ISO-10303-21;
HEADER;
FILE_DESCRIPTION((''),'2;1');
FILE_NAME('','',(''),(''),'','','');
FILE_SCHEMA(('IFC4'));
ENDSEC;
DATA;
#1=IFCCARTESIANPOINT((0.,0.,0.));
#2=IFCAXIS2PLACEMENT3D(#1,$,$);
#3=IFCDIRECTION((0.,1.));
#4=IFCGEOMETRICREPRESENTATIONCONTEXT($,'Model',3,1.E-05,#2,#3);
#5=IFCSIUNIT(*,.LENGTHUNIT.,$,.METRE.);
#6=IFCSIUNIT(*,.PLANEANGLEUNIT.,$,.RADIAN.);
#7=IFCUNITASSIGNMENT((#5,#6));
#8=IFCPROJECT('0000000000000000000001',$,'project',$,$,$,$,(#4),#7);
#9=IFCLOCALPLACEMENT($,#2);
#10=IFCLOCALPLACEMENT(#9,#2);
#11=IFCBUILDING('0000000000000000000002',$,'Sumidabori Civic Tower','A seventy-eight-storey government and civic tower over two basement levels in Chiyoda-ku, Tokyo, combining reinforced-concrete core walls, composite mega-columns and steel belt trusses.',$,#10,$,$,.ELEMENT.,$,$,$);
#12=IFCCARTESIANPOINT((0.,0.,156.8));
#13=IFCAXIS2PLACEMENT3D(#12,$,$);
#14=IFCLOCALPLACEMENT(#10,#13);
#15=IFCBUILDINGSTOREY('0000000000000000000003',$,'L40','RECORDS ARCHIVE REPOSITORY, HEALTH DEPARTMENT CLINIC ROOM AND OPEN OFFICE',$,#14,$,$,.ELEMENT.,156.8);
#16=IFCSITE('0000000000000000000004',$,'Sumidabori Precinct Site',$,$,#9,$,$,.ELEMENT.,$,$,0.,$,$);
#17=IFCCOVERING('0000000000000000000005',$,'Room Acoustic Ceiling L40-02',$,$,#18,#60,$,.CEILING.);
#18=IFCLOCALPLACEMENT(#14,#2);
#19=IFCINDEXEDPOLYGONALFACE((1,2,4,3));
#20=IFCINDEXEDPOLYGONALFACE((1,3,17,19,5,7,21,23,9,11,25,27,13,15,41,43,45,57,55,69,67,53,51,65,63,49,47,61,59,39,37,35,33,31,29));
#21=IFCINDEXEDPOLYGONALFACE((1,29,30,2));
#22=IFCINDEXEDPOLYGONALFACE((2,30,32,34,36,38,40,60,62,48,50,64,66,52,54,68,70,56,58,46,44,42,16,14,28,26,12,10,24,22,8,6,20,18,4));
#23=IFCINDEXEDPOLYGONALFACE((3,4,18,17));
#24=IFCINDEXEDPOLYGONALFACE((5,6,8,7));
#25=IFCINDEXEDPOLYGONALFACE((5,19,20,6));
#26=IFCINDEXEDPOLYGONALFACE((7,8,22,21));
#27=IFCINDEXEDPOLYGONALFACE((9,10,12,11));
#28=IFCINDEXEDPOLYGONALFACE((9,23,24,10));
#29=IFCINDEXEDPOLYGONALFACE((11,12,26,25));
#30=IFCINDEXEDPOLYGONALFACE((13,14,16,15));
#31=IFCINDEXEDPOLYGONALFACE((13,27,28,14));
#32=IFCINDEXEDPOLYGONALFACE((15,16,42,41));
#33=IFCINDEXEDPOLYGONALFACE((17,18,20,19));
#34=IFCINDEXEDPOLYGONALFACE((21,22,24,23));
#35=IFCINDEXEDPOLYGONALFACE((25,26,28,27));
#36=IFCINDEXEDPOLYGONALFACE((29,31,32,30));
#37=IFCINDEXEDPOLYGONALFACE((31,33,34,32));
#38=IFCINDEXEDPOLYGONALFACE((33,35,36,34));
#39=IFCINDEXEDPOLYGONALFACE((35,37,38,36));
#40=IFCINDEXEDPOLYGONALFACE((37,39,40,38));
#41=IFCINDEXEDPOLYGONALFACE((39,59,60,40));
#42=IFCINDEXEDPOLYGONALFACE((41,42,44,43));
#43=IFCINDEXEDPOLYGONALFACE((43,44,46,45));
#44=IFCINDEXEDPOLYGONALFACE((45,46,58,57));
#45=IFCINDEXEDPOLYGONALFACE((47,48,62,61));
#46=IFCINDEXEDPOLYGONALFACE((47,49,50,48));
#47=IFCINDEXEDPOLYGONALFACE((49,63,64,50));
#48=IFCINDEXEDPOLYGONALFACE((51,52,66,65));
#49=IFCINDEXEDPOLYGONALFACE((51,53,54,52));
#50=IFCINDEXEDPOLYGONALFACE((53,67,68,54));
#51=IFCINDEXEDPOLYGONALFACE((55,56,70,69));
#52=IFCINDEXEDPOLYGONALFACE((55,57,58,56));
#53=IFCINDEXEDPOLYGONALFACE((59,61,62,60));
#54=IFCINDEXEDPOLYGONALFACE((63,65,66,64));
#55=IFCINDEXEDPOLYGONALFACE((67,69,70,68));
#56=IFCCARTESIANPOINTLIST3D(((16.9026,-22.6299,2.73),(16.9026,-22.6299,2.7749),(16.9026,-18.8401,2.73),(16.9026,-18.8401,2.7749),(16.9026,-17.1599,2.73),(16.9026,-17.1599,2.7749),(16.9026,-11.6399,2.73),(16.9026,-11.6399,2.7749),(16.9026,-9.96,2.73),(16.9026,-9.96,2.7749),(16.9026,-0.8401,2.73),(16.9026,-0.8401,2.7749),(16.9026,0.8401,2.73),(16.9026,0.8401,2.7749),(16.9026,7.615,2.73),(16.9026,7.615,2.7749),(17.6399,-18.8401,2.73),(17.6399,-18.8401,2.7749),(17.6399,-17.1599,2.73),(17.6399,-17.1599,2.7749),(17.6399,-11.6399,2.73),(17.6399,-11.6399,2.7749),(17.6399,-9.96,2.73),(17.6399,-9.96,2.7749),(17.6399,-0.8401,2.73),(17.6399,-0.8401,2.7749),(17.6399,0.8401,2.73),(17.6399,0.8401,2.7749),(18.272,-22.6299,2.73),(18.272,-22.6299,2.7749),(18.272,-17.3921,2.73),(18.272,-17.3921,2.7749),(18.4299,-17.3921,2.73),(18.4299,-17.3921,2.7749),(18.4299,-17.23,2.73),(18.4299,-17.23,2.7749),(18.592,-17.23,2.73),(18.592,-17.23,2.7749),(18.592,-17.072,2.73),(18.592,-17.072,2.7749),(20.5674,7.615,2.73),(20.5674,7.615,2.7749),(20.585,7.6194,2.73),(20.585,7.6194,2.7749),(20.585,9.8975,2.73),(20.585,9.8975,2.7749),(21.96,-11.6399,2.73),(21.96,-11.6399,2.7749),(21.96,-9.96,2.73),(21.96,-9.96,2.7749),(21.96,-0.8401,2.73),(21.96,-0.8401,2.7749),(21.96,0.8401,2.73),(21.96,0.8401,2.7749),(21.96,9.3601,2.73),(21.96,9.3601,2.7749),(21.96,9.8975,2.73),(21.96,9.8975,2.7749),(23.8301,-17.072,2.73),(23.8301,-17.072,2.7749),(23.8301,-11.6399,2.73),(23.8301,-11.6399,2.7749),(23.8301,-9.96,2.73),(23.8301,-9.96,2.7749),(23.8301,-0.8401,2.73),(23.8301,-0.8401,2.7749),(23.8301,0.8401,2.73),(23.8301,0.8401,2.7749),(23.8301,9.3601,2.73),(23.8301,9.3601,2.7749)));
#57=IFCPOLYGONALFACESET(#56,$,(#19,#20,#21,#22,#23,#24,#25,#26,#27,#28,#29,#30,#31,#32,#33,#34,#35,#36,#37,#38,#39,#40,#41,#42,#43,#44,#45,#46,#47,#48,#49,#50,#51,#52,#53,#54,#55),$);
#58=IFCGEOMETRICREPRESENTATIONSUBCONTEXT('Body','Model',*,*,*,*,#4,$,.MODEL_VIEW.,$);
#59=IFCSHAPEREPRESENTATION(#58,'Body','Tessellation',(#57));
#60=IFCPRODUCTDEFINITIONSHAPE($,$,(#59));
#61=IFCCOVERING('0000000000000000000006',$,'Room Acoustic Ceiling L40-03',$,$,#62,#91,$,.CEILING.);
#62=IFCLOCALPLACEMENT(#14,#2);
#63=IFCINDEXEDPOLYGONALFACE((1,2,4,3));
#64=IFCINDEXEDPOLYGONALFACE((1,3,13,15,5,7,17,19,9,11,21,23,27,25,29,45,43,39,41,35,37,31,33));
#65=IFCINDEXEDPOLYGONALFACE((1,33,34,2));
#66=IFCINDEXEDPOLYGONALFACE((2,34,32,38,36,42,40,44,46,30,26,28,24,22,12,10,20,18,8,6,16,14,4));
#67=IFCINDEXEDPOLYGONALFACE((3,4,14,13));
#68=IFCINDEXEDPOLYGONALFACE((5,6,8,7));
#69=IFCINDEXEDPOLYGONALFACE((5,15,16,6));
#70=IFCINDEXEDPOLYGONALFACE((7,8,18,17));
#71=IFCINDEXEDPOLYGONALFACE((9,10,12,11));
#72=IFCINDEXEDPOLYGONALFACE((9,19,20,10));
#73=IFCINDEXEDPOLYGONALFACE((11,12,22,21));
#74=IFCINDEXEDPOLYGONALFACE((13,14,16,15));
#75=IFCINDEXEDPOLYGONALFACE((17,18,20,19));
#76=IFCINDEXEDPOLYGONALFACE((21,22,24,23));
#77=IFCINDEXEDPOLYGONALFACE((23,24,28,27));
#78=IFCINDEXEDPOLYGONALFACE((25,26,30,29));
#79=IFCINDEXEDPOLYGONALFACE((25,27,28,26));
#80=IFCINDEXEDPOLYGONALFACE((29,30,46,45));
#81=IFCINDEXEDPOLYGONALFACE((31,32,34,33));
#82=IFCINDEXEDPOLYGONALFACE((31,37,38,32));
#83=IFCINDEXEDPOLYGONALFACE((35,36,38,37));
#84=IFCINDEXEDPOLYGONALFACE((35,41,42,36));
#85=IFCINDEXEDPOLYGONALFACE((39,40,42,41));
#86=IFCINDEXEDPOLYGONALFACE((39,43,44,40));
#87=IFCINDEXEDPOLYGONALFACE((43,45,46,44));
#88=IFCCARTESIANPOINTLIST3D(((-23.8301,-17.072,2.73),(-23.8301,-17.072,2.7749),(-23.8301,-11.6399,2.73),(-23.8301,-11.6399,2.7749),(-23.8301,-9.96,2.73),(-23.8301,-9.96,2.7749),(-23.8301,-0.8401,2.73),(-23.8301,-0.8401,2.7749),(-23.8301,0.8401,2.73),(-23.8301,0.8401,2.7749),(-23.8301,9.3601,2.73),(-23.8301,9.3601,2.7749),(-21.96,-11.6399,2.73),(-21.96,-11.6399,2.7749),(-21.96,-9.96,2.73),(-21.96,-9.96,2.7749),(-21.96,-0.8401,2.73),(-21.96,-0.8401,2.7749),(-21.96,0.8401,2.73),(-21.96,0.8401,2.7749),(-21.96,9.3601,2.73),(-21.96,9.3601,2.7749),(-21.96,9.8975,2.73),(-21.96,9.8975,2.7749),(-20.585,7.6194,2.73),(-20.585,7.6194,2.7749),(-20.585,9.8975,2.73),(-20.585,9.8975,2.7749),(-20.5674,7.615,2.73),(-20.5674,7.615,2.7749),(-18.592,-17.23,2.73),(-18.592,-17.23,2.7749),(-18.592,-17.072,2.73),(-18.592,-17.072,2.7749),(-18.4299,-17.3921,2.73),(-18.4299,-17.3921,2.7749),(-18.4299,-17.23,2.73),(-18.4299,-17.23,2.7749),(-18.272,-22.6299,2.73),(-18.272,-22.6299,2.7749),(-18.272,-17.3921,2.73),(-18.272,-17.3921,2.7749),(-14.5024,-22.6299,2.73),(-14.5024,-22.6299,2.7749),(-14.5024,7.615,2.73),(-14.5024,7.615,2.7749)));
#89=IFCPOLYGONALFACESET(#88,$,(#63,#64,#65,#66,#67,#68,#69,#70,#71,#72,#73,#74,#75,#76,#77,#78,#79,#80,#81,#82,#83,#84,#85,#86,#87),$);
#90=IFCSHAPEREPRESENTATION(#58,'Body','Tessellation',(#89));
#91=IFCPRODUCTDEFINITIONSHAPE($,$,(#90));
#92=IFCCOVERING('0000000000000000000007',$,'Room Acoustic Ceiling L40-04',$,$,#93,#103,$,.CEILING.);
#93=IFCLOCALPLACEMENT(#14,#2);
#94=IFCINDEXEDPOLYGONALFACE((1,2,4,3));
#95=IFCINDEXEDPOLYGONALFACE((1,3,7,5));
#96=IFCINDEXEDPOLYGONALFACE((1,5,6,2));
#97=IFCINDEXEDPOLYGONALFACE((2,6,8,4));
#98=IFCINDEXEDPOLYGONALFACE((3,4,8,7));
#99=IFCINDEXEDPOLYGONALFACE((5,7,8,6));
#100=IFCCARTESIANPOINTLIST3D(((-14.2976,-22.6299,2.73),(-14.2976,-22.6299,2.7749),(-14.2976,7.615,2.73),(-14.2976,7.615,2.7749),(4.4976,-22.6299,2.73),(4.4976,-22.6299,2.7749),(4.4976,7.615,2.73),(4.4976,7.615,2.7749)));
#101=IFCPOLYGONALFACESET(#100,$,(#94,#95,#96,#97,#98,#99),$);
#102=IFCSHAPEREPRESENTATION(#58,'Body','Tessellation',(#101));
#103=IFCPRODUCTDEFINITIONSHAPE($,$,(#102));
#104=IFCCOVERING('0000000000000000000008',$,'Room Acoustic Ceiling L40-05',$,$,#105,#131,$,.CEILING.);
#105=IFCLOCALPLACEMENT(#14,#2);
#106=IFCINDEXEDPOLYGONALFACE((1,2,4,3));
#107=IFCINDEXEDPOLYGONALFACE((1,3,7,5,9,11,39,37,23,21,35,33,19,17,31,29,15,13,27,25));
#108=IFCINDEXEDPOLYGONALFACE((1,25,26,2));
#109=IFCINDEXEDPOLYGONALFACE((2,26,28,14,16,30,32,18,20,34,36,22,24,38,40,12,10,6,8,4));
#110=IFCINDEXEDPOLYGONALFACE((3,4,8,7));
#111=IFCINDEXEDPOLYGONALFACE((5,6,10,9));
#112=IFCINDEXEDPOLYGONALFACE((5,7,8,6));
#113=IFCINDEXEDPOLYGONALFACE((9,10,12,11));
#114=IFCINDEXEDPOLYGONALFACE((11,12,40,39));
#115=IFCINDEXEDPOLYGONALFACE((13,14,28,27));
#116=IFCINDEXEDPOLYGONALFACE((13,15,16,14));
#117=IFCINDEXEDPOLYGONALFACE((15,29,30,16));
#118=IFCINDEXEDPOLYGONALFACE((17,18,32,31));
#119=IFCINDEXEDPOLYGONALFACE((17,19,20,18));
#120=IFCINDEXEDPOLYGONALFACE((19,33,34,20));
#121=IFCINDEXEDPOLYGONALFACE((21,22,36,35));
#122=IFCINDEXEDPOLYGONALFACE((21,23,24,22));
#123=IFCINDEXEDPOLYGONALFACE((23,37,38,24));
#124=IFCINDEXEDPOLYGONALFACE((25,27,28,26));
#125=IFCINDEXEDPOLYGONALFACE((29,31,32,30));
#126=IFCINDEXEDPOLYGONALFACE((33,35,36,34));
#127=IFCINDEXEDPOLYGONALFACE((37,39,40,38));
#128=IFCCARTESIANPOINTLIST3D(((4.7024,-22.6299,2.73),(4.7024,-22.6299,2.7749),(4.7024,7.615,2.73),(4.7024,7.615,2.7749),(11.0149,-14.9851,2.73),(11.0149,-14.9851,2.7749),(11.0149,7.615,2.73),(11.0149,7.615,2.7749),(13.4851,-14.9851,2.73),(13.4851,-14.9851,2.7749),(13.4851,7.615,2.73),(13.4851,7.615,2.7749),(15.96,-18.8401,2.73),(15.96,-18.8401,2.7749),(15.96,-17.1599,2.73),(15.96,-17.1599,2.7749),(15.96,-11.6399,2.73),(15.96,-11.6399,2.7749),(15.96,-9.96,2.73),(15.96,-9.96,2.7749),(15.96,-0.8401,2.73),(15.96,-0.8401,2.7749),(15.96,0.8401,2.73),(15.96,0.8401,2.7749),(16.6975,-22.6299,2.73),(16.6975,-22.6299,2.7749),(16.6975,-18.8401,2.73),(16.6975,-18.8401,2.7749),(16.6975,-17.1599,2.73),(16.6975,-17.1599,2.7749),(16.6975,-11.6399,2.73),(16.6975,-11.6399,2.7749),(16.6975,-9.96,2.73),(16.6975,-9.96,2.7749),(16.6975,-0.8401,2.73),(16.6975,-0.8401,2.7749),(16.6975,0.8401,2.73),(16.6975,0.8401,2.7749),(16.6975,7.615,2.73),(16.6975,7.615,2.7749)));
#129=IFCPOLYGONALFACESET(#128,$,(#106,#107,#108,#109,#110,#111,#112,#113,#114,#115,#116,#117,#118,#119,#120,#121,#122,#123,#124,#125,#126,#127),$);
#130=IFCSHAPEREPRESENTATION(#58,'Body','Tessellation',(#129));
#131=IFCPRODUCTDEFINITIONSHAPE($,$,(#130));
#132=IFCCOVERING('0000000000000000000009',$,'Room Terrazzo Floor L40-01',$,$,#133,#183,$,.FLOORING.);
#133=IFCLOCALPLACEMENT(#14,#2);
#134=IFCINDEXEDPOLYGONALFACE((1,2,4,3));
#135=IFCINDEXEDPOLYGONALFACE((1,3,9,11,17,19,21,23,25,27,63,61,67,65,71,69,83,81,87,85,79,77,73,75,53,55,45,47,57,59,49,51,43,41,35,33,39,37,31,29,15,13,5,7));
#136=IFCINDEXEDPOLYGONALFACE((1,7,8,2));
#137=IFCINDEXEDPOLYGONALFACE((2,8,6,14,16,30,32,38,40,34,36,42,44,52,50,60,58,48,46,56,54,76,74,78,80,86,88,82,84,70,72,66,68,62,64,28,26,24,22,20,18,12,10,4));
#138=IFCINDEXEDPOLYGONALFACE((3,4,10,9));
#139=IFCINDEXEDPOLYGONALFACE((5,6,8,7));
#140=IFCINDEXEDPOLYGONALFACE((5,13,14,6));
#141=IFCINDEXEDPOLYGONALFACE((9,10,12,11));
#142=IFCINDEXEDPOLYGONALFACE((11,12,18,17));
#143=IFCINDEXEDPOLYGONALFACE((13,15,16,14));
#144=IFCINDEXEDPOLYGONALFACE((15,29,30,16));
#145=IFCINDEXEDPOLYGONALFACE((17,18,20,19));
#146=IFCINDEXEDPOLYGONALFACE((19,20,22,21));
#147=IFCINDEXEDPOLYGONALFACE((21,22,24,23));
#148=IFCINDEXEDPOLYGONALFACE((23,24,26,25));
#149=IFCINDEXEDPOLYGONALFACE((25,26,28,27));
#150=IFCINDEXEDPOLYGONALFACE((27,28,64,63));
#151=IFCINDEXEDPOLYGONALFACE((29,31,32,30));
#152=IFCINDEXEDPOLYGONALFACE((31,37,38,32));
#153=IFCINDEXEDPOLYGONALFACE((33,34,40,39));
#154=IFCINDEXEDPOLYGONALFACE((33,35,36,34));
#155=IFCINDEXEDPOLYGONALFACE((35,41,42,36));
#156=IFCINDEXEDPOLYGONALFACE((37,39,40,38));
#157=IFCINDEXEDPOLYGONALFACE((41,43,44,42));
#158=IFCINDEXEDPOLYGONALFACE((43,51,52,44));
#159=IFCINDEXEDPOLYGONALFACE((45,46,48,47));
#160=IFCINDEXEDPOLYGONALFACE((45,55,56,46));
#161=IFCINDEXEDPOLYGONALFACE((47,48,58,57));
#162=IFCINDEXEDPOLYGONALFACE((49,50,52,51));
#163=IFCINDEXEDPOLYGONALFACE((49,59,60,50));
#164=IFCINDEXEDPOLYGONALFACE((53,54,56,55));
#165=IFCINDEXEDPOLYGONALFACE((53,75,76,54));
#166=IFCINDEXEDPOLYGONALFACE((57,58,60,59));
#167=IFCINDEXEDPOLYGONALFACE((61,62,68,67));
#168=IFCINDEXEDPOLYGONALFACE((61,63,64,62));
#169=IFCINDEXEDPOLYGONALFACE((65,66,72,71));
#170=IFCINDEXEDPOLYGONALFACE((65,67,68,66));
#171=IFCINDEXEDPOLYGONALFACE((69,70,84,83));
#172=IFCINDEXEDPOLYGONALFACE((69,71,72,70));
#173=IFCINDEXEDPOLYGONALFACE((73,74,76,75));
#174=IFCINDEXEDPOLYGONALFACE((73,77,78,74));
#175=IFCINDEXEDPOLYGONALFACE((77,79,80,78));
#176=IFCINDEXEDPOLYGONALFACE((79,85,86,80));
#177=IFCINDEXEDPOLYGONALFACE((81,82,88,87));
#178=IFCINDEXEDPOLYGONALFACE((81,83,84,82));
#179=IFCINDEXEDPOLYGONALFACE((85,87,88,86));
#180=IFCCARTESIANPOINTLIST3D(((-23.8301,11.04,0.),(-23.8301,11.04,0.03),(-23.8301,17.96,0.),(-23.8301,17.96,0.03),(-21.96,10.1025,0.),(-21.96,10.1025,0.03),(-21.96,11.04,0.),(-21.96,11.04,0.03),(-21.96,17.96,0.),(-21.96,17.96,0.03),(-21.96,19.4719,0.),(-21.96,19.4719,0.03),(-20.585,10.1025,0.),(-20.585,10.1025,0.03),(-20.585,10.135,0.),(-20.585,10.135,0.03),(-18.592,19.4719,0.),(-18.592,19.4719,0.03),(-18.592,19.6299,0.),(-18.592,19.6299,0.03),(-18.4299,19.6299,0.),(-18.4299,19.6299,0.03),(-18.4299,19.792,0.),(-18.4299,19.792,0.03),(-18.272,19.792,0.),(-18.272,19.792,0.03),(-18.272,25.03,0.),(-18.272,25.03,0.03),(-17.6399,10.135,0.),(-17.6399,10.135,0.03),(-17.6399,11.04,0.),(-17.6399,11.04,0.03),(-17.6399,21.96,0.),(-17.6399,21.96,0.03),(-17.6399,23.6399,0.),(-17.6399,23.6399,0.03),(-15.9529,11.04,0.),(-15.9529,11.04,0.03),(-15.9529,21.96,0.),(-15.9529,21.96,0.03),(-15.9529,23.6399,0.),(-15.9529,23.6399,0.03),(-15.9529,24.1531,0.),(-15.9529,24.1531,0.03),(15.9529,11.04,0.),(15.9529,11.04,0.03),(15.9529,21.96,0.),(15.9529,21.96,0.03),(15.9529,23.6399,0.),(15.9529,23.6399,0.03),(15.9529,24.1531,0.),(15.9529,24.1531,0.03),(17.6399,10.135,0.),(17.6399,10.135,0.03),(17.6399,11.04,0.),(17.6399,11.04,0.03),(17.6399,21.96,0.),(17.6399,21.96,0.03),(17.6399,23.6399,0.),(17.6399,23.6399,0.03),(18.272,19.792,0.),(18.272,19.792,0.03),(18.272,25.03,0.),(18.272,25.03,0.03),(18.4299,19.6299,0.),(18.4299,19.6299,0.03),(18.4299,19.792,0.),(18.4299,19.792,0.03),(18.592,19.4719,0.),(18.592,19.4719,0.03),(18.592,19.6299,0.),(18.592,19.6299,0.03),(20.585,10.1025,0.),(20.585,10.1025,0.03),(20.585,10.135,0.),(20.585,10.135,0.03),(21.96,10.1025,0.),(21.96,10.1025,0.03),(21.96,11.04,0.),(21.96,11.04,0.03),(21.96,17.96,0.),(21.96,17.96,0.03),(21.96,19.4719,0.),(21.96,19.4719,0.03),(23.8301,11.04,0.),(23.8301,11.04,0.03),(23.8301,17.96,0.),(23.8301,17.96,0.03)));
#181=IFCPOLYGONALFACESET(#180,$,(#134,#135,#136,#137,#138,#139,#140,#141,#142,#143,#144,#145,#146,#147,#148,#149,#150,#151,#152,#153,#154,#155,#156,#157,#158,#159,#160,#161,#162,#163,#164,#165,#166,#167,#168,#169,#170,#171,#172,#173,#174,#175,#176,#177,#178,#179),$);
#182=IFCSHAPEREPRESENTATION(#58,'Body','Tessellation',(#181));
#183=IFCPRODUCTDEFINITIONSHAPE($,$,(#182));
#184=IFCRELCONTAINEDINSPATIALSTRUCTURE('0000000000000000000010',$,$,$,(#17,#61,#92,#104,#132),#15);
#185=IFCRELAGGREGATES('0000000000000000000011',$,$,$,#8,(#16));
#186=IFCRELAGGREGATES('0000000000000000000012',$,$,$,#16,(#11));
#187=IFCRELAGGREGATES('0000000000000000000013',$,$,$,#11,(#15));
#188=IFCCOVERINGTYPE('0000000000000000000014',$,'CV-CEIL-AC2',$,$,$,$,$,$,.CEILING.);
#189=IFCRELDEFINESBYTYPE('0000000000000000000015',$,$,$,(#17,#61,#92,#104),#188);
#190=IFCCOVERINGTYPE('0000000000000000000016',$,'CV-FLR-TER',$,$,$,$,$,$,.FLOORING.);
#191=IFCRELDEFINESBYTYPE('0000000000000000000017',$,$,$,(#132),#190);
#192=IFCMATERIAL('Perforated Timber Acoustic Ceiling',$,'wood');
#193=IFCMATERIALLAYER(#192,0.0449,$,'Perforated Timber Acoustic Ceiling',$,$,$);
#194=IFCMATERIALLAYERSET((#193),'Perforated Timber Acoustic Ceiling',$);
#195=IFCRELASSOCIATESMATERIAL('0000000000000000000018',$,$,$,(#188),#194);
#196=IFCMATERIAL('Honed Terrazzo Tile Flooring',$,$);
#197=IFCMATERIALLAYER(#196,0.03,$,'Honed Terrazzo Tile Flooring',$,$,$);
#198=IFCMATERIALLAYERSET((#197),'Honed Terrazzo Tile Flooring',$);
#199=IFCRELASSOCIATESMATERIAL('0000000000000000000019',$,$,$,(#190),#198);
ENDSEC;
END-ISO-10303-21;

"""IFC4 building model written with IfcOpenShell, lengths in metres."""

from ifc_helpers import new_model, si_unit, direction, frame, origin, place, context, subcontext, project, spatial, polyline, outline, extrude, material, layer, layer_set, type_object, element, save


model = new_model("IFC4")

# Units and contexts
model_context = context("Model", 3, precision=1e-05, world=origin(), true_north=direction((0.0, 1.0)))
body_context = subcontext(model_context, "Body", "Model", "MODEL_VIEW")
ifc_project = project(units=[si_unit("LENGTHUNIT", "METRE"), si_unit("PLANEANGLEUNIT", "RADIAN")], contexts=[model_context])

# Site, building, storey
site_placement = place(None, origin())
site = spatial("IfcSite", under=ifc_project, at=site_placement, Name="Sumidabori Precinct Site", CompositionType="ELEMENT", RefElevation=0.0)
building_placement = place(site_placement, origin())
building = spatial("IfcBuilding", under=site, at=building_placement, Name="Sumidabori Civic Tower", Description="A seventy-eight-storey government and civic tower over two basement levels in Chiyoda-ku, Tokyo, combining reinforced-concrete core walls, composite mega-columns and steel belt trusses.", CompositionType="ELEMENT")
storey_placement = place(building_placement, frame((0.0, 0.0, 156.8)))
storey = spatial("IfcBuildingStorey", under=building, at=storey_placement, Name="L40", Description="RECORDS ARCHIVE REPOSITORY, HEALTH DEPARTMENT CLINIC ROOM AND OPEN OFFICE", CompositionType="ELEMENT", Elevation=156.8)

# Coverings
ifc_material_1 = material(Name="Perforated Timber Acoustic Ceiling", Category="wood")
ifc_layer_1 = layer(ifc_material_1, 0.0449, Name="Perforated Timber Acoustic Ceiling")
ifc_layer_set_1 = layer_set([ifc_layer_1], Name="Perforated Timber Acoustic Ceiling")
covering_type_1 = type_object("IfcCoveringType", Name="CV-CEIL-AC2", PredefinedType="CEILING", material=ifc_layer_set_1)
covering_1_placement = place(storey_placement, frame((0.0, 0.0, 2.73)))
element("IfcCovering", 1, at=covering_1_placement, inside=storey, type_object=covering_type_1, Name="Room Acoustic Ceiling L40-02", PredefinedType="CEILING", context=body_context, shape_type="SweptSolid", body=[
    extrude(outline(polyline([(18.272, -22.6299), (16.9026, -22.6299), (16.9026, -18.8401), (17.6399, -18.8401), (17.6399, -17.1599), (16.9026, -17.1599), (16.9026, -11.6399), (17.6399, -11.6399), (17.6399, -9.96), (16.9026, -9.96), (16.9026, -0.8401), (17.6399, -0.8401), (17.6399, 0.8401), (16.9026, 0.8401), (16.9026, 7.615), (20.5674, 7.615), (20.585, 7.6194), (20.585, 9.8975), (21.96, 9.8975), (21.96, 9.3601), (23.8301, 9.3601), (23.8301, 0.8401), (21.96, 0.8401), (21.96, -0.8401), (23.8301, -0.8401), (23.8301, -9.96), (21.96, -9.96), (21.96, -11.6399), (23.8301, -11.6399), (23.8301, -17.072), (18.592, -17.072), (18.592, -17.23), (18.4299, -17.23), (18.4299, -17.3921), (18.272, -17.3921), (18.272, -22.6299)])), origin(), (0.0, 0.0, 1.0), 0.0449),
])
covering_2_placement = place(storey_placement, frame((0.0, 0.0, 2.73)))
element("IfcCovering", 2, at=covering_2_placement, inside=storey, type_object=covering_type_1, Name="Room Acoustic Ceiling L40-03", PredefinedType="CEILING", context=body_context, shape_type="SweptSolid", body=[
    extrude(outline(polyline([(-23.8301, -0.8401), (-21.96, -0.8401), (-21.96, 0.8401), (-23.8301, 0.8401), (-23.8301, 9.3601), (-21.96, 9.3601), (-21.96, 9.8975), (-20.585, 9.8975), (-20.585, 7.6194), (-20.5674, 7.615), (-14.5024, 7.615), (-14.5024, -22.6299), (-18.272, -22.6299), (-18.272, -17.3921), (-18.4299, -17.3921), (-18.4299, -17.23), (-18.592, -17.23), (-18.592, -17.072), (-23.8301, -17.072), (-23.8301, -11.6399), (-21.96, -11.6399), (-21.96, -9.96), (-23.8301, -9.96), (-23.8301, -0.8401)])), origin(), (0.0, 0.0, 1.0), 0.0449),
])
covering_3_placement = place(storey_placement, frame((0.0, 0.0, 2.73)))
element("IfcCovering", 3, at=covering_3_placement, inside=storey, type_object=covering_type_1, Name="Room Acoustic Ceiling L40-04", PredefinedType="CEILING", context=body_context, shape_type="SweptSolid", body=[
    extrude(outline(polyline([(-14.2976, 7.615), (4.4976, 7.615), (4.4976, -22.6299), (-14.2976, -22.6299), (-14.2976, 7.615)])), origin(), (0.0, 0.0, 1.0), 0.0449),
])
covering_4_placement = place(storey_placement, frame((0.0, 0.0, 2.73)))
element("IfcCovering", 4, at=covering_4_placement, inside=storey, type_object=covering_type_1, Name="Room Acoustic Ceiling L40-05", PredefinedType="CEILING", context=body_context, shape_type="SweptSolid", body=[
    extrude(outline(polyline([(4.7024, -22.6299), (4.7024, 7.615), (11.0149, 7.615), (11.0149, -14.9851), (13.4851, -14.9851), (13.4851, 7.615), (16.6975, 7.615), (16.6975, 0.8401), (15.96, 0.8401), (15.96, -0.8401), (16.6975, -0.8401), (16.6975, -9.96), (15.96, -9.96), (15.96, -11.6399), (16.6975, -11.6399), (16.6975, -17.1599), (15.96, -17.1599), (15.96, -18.8401), (16.6975, -18.8401), (16.6975, -22.6299), (4.7024, -22.6299)])), origin(), (0.0, 0.0, 1.0), 0.0449),
])
ifc_material_2 = material(Name="Honed Terrazzo Tile Flooring")
ifc_layer_2 = layer(ifc_material_2, 0.03, Name="Honed Terrazzo Tile Flooring")
ifc_layer_set_2 = layer_set([ifc_layer_2], Name="Honed Terrazzo Tile Flooring")
covering_type_2 = type_object("IfcCoveringType", Name="CV-FLR-TER", PredefinedType="FLOORING", material=ifc_layer_set_2)
covering_5_placement = place(storey_placement, origin())
element("IfcCovering", 5, at=covering_5_placement, inside=storey, type_object=covering_type_2, Name="Room Terrazzo Floor L40-01", PredefinedType="FLOORING", context=body_context, shape_type="SweptSolid", body=[
    extrude(outline(polyline([(-23.8301, 17.96), (-21.96, 17.96), (-21.96, 19.4719), (-18.592, 19.4719), (-18.592, 19.6299), (-18.4299, 19.6299), (-18.4299, 19.792), (-18.272, 19.792), (-18.272, 25.03), (18.272, 25.03), (18.272, 19.792), (18.4299, 19.792), (18.4299, 19.6299), (18.592, 19.6299), (18.592, 19.4719), (21.96, 19.4719), (21.96, 17.96), (23.8301, 17.96), (23.8301, 11.04), (21.96, 11.04), (21.96, 10.1025), (20.585, 10.1025), (20.585, 10.135), (17.6399, 10.135), (17.6399, 11.04), (15.9529, 11.04), (15.9529, 21.96), (17.6399, 21.96), (17.6399, 23.6399), (15.9529, 23.6399), (15.9529, 24.1531), (-15.9529, 24.1531), (-15.9529, 23.6399), (-17.6399, 23.6399), (-17.6399, 21.96), (-15.9529, 21.96), (-15.9529, 11.04), (-17.6399, 11.04), (-17.6399, 10.135), (-20.585, 10.135), (-20.585, 10.1025), (-21.96, 10.1025), (-21.96, 11.04), (-23.8301, 11.04), (-23.8301, 17.96)])), origin(), (0.0, 0.0, 1.0), 0.03),
])

save(model, "model.ifc")
